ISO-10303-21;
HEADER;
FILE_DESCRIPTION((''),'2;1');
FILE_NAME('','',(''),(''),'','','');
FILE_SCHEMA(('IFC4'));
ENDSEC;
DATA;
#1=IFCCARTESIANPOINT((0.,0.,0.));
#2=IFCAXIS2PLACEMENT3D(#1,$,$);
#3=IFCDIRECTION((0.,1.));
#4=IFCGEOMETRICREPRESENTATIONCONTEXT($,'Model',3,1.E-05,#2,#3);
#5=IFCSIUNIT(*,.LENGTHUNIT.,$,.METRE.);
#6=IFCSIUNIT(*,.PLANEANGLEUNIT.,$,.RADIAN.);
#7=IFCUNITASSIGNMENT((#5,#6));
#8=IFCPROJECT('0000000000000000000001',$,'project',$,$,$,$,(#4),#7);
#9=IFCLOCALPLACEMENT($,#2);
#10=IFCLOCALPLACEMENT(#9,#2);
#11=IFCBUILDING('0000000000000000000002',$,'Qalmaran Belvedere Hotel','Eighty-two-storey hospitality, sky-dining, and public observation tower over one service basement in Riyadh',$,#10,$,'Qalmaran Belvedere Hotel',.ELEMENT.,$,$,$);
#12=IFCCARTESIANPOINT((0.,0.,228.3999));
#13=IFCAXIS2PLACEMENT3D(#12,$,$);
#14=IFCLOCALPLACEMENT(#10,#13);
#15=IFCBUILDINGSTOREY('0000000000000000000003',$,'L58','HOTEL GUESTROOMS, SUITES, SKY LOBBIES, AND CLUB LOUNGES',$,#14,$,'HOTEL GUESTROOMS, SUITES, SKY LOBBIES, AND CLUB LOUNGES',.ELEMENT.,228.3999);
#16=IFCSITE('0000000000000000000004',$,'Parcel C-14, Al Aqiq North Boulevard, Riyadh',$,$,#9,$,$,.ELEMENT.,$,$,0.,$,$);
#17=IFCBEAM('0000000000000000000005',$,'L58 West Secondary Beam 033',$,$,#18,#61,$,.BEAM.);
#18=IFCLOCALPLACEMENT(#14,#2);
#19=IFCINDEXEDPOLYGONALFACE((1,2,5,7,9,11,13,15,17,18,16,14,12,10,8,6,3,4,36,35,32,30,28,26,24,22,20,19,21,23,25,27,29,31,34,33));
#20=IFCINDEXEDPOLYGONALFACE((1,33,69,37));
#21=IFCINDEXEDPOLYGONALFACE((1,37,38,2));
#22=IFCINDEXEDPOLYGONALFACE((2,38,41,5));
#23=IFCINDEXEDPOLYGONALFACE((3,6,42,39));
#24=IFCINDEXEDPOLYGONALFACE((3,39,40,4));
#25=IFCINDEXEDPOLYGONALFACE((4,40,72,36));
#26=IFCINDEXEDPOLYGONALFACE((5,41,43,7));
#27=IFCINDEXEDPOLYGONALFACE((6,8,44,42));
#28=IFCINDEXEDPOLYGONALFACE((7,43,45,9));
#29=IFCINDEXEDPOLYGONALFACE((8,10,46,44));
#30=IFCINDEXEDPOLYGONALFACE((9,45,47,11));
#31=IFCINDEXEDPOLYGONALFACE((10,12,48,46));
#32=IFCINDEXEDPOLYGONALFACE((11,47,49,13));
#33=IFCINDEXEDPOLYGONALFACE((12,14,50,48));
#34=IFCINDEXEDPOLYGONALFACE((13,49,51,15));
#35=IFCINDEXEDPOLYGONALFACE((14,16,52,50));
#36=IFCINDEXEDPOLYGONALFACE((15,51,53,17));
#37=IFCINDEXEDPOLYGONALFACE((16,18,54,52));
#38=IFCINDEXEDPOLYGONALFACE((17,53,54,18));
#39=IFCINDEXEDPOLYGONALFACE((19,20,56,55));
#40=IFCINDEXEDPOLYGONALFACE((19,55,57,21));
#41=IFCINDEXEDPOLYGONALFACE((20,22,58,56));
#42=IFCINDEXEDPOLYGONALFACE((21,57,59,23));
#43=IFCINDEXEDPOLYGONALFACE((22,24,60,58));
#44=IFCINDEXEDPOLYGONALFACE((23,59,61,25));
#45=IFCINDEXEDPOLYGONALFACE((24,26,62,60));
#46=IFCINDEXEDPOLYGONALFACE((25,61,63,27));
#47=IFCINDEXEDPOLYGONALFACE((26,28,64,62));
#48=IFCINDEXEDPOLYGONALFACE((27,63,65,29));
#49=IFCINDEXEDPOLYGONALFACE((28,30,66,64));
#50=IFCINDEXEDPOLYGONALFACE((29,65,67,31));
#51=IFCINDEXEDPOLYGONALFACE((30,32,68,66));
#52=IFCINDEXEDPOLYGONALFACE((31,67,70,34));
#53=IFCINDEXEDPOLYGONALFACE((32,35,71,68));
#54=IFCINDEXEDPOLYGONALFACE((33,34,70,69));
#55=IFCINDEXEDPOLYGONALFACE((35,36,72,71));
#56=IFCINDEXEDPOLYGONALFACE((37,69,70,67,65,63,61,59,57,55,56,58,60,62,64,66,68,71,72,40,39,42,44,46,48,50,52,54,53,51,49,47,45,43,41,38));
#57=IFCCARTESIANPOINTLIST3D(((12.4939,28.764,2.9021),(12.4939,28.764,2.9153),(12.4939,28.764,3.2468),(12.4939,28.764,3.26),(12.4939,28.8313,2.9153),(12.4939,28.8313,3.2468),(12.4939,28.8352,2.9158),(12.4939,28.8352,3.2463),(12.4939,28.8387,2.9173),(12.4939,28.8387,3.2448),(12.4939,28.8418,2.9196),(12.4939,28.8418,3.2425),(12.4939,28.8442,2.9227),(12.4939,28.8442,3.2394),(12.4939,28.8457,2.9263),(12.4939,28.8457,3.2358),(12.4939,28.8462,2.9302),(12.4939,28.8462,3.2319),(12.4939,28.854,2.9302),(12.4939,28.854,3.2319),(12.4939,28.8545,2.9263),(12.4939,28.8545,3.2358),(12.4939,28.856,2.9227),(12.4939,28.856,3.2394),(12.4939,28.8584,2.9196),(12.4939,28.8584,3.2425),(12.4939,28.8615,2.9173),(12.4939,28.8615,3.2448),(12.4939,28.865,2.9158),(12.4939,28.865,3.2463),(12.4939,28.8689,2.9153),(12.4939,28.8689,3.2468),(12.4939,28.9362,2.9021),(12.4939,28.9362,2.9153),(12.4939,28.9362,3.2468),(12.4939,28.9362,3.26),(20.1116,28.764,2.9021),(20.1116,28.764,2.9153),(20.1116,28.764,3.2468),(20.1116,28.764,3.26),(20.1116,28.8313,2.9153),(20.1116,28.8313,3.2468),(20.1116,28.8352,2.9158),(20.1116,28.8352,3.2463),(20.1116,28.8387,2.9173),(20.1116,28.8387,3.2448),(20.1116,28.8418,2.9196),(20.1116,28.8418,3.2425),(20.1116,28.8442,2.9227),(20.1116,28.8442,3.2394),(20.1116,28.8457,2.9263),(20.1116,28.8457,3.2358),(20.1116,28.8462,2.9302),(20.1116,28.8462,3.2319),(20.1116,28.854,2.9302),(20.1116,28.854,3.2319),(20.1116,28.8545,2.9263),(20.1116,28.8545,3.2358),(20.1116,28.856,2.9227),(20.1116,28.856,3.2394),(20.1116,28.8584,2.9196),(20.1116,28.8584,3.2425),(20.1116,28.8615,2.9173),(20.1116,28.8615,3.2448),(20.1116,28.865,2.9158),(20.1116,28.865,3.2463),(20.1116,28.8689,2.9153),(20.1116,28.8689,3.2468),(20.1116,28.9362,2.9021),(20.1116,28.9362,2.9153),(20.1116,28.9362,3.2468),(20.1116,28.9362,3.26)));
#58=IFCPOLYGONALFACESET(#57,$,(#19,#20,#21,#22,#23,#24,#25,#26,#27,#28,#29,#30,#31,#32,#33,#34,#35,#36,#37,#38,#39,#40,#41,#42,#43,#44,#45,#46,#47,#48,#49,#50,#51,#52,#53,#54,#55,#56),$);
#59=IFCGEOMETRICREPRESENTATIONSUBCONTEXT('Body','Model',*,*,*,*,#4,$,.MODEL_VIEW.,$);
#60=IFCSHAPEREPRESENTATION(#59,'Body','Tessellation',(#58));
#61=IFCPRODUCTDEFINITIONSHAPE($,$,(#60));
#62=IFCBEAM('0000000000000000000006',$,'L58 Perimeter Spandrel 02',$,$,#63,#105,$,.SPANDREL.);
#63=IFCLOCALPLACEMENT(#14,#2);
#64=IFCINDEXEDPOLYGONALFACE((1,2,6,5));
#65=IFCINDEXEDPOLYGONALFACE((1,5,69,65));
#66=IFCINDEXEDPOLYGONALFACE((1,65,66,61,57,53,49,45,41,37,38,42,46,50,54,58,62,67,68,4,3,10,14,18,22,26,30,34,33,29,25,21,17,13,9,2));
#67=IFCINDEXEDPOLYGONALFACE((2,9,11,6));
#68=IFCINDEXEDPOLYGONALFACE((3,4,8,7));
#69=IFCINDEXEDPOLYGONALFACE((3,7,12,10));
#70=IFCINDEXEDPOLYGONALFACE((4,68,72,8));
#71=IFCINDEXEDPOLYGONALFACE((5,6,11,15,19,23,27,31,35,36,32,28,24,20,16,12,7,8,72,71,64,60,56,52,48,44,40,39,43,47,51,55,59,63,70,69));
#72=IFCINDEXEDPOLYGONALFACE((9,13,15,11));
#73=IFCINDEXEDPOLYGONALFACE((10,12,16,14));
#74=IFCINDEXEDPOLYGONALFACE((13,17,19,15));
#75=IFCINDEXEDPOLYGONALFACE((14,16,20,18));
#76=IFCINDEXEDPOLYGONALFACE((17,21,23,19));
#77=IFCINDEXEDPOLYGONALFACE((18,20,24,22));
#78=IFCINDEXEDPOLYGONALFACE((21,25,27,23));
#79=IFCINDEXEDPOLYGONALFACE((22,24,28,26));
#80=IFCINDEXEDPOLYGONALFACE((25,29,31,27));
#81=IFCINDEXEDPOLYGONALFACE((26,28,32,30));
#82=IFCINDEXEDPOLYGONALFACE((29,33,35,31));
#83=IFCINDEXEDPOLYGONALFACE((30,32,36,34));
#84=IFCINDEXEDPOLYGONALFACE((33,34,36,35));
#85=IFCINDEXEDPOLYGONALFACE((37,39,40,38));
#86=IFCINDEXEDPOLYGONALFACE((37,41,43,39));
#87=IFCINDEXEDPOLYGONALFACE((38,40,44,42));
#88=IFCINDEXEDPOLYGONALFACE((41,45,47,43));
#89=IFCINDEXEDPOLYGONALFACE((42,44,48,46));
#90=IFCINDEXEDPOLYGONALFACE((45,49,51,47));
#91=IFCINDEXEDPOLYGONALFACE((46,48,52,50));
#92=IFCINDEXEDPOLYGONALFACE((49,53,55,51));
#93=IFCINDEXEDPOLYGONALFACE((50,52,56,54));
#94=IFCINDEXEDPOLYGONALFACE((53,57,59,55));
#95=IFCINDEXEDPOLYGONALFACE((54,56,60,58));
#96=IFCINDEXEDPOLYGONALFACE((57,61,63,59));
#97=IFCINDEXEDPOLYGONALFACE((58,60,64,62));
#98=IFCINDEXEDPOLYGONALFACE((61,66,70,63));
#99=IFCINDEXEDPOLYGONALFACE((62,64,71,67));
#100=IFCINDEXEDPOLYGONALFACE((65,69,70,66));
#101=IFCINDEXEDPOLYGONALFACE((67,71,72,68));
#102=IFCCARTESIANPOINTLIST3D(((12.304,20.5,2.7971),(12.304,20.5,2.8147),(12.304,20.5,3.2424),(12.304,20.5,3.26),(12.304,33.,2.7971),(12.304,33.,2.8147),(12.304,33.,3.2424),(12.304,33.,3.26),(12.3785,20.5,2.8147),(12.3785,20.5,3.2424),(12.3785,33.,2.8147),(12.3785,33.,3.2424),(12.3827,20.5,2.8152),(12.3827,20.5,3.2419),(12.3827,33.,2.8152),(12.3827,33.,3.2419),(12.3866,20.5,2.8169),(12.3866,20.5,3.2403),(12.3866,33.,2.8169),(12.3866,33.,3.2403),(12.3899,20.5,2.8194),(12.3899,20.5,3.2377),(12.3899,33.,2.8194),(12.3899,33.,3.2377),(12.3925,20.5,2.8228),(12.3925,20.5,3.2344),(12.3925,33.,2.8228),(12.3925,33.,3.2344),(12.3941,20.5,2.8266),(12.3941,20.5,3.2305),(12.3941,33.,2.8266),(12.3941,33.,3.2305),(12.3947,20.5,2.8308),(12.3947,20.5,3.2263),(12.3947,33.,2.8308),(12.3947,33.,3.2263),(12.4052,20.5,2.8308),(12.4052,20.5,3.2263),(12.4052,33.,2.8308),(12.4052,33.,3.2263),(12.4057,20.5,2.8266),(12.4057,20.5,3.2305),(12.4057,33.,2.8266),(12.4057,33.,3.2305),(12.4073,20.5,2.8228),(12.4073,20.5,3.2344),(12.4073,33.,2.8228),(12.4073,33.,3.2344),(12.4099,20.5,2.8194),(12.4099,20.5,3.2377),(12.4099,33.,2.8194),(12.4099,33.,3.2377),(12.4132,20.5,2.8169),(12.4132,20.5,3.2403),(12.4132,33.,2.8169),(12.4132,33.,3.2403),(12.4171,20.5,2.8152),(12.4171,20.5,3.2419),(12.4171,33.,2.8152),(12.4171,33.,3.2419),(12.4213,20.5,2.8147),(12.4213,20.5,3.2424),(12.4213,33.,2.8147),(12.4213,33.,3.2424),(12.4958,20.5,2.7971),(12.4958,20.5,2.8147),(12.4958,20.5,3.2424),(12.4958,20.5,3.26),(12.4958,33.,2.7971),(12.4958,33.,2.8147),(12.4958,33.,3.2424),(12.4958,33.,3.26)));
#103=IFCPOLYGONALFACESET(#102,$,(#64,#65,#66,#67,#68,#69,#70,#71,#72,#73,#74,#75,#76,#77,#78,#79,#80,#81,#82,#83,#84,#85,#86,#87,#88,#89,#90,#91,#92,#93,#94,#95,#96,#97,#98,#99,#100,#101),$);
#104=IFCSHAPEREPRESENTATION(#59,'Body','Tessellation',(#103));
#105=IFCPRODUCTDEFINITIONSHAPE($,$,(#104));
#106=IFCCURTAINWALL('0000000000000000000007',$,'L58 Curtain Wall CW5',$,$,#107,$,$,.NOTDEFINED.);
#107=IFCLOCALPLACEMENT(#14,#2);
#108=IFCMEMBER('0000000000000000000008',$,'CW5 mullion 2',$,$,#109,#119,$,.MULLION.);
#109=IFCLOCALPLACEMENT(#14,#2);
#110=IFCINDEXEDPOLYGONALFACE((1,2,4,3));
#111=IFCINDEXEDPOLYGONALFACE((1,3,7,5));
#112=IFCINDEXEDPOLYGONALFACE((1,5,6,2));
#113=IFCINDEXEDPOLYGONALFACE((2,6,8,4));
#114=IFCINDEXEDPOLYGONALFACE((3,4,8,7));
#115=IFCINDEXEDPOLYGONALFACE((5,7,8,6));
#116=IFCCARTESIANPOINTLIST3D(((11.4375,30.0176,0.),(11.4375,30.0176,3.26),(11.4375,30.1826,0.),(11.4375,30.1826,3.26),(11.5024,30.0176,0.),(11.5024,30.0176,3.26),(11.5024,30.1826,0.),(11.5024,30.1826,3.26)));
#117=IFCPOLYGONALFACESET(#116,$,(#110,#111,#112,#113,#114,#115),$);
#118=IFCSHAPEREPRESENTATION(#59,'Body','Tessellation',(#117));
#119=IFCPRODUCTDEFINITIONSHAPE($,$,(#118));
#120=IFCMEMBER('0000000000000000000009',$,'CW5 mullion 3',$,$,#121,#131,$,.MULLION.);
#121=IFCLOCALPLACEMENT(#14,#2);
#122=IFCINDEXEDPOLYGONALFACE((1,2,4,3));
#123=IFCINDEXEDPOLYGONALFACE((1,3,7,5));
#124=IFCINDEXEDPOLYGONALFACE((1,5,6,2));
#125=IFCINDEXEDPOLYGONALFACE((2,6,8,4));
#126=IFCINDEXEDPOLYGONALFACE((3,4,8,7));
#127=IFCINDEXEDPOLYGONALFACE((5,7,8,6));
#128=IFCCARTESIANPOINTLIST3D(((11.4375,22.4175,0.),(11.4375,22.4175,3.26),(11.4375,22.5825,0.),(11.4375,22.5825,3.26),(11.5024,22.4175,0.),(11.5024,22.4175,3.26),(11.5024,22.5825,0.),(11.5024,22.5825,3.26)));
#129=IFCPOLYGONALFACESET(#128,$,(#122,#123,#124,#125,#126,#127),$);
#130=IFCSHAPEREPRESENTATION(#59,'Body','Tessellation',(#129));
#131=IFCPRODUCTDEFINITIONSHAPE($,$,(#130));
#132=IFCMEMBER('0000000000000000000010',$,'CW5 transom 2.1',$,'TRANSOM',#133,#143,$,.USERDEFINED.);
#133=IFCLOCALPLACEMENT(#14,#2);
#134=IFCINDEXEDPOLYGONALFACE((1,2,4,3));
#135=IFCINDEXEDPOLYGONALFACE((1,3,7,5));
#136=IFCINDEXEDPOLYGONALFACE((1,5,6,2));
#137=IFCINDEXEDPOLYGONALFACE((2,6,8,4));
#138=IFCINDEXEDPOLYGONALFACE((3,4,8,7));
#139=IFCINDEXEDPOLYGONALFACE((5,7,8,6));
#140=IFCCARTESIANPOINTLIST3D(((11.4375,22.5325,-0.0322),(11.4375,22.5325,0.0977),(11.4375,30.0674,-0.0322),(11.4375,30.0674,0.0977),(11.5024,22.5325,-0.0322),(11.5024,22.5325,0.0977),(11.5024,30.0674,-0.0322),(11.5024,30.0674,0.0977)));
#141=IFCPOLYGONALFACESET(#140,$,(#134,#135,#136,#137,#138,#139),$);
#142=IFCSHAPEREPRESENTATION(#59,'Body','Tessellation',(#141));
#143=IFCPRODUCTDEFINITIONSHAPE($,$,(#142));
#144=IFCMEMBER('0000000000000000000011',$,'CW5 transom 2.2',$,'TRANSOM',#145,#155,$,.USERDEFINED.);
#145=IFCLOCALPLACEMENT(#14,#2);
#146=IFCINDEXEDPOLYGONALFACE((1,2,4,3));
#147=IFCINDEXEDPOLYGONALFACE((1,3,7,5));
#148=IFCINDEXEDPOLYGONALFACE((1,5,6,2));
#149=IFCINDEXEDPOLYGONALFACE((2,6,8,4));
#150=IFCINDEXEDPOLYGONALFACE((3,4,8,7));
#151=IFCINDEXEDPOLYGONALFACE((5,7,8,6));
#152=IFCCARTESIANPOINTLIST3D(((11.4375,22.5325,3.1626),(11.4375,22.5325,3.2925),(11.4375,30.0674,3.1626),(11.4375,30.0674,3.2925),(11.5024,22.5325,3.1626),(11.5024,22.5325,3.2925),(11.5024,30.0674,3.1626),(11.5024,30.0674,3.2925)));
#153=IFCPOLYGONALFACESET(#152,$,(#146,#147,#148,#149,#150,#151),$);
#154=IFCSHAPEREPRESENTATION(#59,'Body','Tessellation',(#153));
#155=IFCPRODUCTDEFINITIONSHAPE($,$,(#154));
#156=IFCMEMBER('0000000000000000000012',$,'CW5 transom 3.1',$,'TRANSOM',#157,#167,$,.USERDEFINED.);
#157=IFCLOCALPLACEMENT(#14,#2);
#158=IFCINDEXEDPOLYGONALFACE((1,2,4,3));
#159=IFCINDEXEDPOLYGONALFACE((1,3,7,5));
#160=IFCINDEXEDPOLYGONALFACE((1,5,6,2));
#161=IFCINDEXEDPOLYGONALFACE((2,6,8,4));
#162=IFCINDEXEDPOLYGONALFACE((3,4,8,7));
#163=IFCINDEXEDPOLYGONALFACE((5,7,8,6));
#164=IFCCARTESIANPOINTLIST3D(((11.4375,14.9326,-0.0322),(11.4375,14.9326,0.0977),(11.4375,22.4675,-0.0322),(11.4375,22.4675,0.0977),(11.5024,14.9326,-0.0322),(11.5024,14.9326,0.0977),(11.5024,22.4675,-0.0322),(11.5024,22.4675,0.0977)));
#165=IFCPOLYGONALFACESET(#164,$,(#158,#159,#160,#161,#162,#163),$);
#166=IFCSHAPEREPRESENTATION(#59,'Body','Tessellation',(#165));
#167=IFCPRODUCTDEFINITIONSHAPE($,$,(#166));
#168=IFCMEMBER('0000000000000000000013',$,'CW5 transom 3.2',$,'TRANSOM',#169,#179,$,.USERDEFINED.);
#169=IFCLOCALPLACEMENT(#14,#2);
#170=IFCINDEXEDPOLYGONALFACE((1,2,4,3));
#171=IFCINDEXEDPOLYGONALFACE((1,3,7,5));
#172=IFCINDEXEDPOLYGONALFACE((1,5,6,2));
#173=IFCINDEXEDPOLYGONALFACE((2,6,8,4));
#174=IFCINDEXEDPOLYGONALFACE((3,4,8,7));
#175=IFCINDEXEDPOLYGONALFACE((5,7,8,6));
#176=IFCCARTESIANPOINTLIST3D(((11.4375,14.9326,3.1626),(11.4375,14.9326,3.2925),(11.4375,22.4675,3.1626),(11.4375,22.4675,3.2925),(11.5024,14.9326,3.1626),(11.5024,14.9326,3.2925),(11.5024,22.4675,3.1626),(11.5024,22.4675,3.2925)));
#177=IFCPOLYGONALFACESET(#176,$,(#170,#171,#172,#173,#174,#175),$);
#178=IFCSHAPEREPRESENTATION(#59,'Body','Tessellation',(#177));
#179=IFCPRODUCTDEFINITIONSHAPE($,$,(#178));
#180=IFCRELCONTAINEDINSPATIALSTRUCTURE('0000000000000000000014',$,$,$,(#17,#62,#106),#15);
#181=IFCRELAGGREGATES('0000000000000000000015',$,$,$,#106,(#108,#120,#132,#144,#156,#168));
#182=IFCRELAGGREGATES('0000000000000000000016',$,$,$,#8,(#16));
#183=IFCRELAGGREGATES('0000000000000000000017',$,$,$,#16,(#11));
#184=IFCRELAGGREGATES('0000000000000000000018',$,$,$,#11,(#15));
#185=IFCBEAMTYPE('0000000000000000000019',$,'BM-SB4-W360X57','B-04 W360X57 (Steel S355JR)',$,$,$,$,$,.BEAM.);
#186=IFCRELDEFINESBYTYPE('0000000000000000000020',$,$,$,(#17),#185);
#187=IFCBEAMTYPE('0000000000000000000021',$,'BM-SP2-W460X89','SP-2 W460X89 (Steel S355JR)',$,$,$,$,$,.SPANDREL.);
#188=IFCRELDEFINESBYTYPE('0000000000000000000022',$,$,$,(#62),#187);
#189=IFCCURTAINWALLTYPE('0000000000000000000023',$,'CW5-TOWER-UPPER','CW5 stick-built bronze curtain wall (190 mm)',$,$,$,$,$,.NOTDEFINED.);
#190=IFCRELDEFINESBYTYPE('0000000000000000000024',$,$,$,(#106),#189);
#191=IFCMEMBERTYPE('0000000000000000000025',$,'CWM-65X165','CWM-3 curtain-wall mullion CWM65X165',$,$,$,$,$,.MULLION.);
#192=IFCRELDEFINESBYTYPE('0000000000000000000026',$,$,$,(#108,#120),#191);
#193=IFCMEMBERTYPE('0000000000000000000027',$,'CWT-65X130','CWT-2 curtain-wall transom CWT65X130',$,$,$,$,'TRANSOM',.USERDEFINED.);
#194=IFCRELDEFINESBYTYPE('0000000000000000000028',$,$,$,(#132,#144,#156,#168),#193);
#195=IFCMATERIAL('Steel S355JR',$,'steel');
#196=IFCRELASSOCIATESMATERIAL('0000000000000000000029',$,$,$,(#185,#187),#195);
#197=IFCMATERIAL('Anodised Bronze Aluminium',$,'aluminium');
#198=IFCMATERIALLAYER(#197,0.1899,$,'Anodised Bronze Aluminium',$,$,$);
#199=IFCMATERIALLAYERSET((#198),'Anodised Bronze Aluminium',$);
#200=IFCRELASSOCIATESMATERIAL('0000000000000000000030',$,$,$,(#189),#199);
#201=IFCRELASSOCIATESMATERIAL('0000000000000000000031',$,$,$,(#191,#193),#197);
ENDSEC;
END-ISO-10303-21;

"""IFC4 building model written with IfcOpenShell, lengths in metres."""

from ifc_helpers import new_model, si_unit, direction, frame, origin, origin_2d, place, context, subcontext, project, spatial, rectangle, i_section, extrude, material, layer, layer_set, material_profile, profile_set, type_object, element, aggregate, save


model = new_model("IFC4")

# Units and contexts
model_context = context("Model", 3, precision=1e-05, world=origin(), true_north=direction((0.0, 1.0)))
body_context = subcontext(model_context, "Body", "Model", "MODEL_VIEW")
ifc_project = project(units=[si_unit("LENGTHUNIT", "METRE"), si_unit("PLANEANGLEUNIT", "RADIAN")], contexts=[model_context])

# Site, building, storey
site_placement = place(None, origin())
site = spatial("IfcSite", under=ifc_project, at=site_placement, Name="Parcel C-14, Al Aqiq North Boulevard, Riyadh", CompositionType="ELEMENT", RefElevation=0.0)
building_placement = place(site_placement, origin())
building = spatial("IfcBuilding", under=site, at=building_placement, Name="Qalmaran Belvedere Hotel", Description="Eighty-two-storey hospitality, sky-dining, and public observation tower over one service basement in Riyadh", LongName="Qalmaran Belvedere Hotel", CompositionType="ELEMENT")
storey_placement = place(building_placement, frame((0.0, 0.0, 228.3999)))
storey = spatial("IfcBuildingStorey", under=building, at=storey_placement, Name="L58", Description="HOTEL GUESTROOMS, SUITES, SKY LOBBIES, AND CLUB LOUNGES", LongName="HOTEL GUESTROOMS, SUITES, SKY LOBBIES, AND CLUB LOUNGES", CompositionType="ELEMENT", Elevation=228.3999)

# Beams
ifc_material_1 = material(Name="Steel S355JR", Category="steel")
ifc_material_profile_1 = material_profile(ifc_material_1, i_section(OverallWidth=0.1721, OverallDepth=0.3579, WebThickness=0.0078, FlangeThickness=0.0132, FilletRadius=0.0149, at=origin_2d()), Name="W360X57")
ifc_profile_set_1 = profile_set([ifc_material_profile_1], Name="Steel S355JR")
beam_type_1 = type_object("IfcBeamType", Name="BM-SB4-W360X57", Description="B-04 W360X57 (Steel S355JR)", PredefinedType="BEAM", material=ifc_profile_set_1)
for number, where, z_axis, x_axis, name in (
    (1, (12.4939, 28.8501, 3.0811), (1.0, 0.0, 0.0), (0.0, 1.0, 0.0), "L58 West Secondary Beam 033"),
):
    element("IfcBeam", number, at=place(storey_placement, frame(where, z_axis=z_axis, x_axis=x_axis)), inside=storey, type_object=beam_type_1, Name=name, PredefinedType="BEAM", context=body_context, shape_type="SweptSolid", body=[
        extrude(i_section(OverallWidth=0.1721, OverallDepth=0.3579, WebThickness=0.0078, FlangeThickness=0.0132, FilletRadius=0.0149, at=origin_2d()), origin(), (0.0, 0.0, 1.0), 7.6177),
    ])
ifc_material_profile_2 = material_profile(ifc_material_1, i_section(OverallWidth=0.1919, OverallDepth=0.4629, WebThickness=0.0105, FlangeThickness=0.0176, FilletRadius=0.0161, at=origin_2d()), Name="W460X89")
ifc_profile_set_2 = profile_set([ifc_material_profile_2], Name="Steel S355JR")
beam_type_2 = type_object("IfcBeamType", Name="BM-SP2-W460X89", Description="SP-2 W460X89 (Steel S355JR)", PredefinedType="SPANDREL", material=ifc_profile_set_2)
beam_placement = place(storey_placement, frame((12.3999, 20.5, 3.0286), z_axis=(0.0, 1.0, 0.0), x_axis=(-1.0, 0.0, 0.0)))
element("IfcBeam", 2, at=beam_placement, inside=storey, type_object=beam_type_2, Name="L58 Perimeter Spandrel 02", PredefinedType="SPANDREL", context=body_context, shape_type="SweptSolid", body=[
    extrude(i_section(OverallWidth=0.1919, OverallDepth=0.4629, WebThickness=0.0105, FlangeThickness=0.0176, FilletRadius=0.0161, at=origin_2d()), origin(), (0.0, 0.0, 1.0), 12.5),
])

# Curtain wall, members
ifc_material_2 = material(Name="Anodised Bronze Aluminium", Category="aluminium")
ifc_layer_1 = layer(ifc_material_2, 0.1899, Name="Anodised Bronze Aluminium")
ifc_layer_set_1 = layer_set([ifc_layer_1], Name="Anodised Bronze Aluminium")
curtain_wall_type = type_object("IfcCurtainWallType", Name="CW5-TOWER-UPPER", Description="CW5 stick-built bronze curtain wall (190 mm)", PredefinedType="NOTDEFINED", material=ifc_layer_set_1)
curtain_wall_placement = place(storey_placement, origin())
curtain_wall = element("IfcCurtainWall", 3, at=curtain_wall_placement, inside=storey, type_object=curtain_wall_type, Name="L58 Curtain Wall CW5", PredefinedType="NOTDEFINED")
ifc_material_profile_3 = material_profile(ifc_material_2, rectangle(XDim=0.0649, YDim=0.165, at=origin_2d()), Name="CWM65X165")
ifc_profile_set_3 = profile_set([ifc_material_profile_3], Name="Anodised Bronze Aluminium")
member_type_1 = type_object("IfcMemberType", Name="CWM-65X165", Description="CWM-3 curtain-wall mullion CWM65X165", PredefinedType="MULLION", material=ifc_profile_set_3)
member_1_placement = place(storey_placement, frame((11.47, 30.1001, 0.0), z_axis=(0.0, 0.0, 1.0), x_axis=(1.0, 0.0, 0.0)))
member_1 = element("IfcMember", 4, at=member_1_placement, type_object=member_type_1, Name="CW5 mullion 2", PredefinedType="MULLION", context=body_context, shape_type="SweptSolid", body=[
    extrude(rectangle(XDim=0.0649, YDim=0.165, at=origin_2d()), origin(), (0.0, 0.0, 1.0), 3.26),
])
member_2_placement = place(storey_placement, frame((11.47, 22.5, 0.0), z_axis=(0.0, 0.0, 1.0), x_axis=(1.0, 0.0, 0.0)))
member_2 = element("IfcMember", 5, at=member_2_placement, type_object=member_type_1, Name="CW5 mullion 3", PredefinedType="MULLION", context=body_context, shape_type="SweptSolid", body=[
    extrude(rectangle(XDim=0.0649, YDim=0.165, at=origin_2d()), origin(), (0.0, 0.0, 1.0), 3.26),
])
ifc_material_profile_4 = material_profile(ifc_material_2, rectangle(XDim=0.0649, YDim=0.1299, at=origin_2d()), Name="CWT65X130")
ifc_profile_set_4 = profile_set([ifc_material_profile_4], Name="Anodised Bronze Aluminium")
member_type_2 = type_object("IfcMemberType", Name="CWT-65X130", Description="CWT-2 curtain-wall transom CWT65X130", ElementType="TRANSOM", PredefinedType="USERDEFINED", material=ifc_profile_set_4)
member_3_placement = place(storey_placement, frame((11.47, 30.0674, 0.0327), z_axis=(0.0, -1.0, 0.0), x_axis=(1.0, 0.0, 0.0)))
member_3 = element("IfcMember", 6, at=member_3_placement, type_object=member_type_2, Name="CW5 transom 2.1", ObjectType="TRANSOM", PredefinedType="USERDEFINED", context=body_context, shape_type="SweptSolid", body=[
    extrude(rectangle(XDim=0.0649, YDim=0.1299, at=origin_2d()), origin(), (0.0, 0.0, 1.0), 7.5349),
])
member_4_placement = place(storey_placement, frame((11.47, 30.0674, 3.2275), z_axis=(0.0, -1.0, 0.0), x_axis=(1.0, 0.0, 0.0)))
member_4 = element("IfcMember", 7, at=member_4_placement, type_object=member_type_2, Name="CW5 transom 2.2", ObjectType="TRANSOM", PredefinedType="USERDEFINED", context=body_context, shape_type="SweptSolid", body=[
    extrude(rectangle(XDim=0.0649, YDim=0.1299, at=origin_2d()), origin(), (0.0, 0.0, 1.0), 7.5349),
])
member_5_placement = place(storey_placement, frame((11.47, 22.4675, 0.0327), z_axis=(0.0, -1.0, 0.0), x_axis=(1.0, 0.0, 0.0)))
member_5 = element("IfcMember", 8, at=member_5_placement, type_object=member_type_2, Name="CW5 transom 3.1", ObjectType="TRANSOM", PredefinedType="USERDEFINED", context=body_context, shape_type="SweptSolid", body=[
    extrude(rectangle(XDim=0.0649, YDim=0.1299, at=origin_2d()), origin(), (0.0, 0.0, 1.0), 7.5349),
])
member_6_placement = place(storey_placement, frame((11.47, 22.4675, 3.2275), z_axis=(0.0, -1.0, 0.0), x_axis=(1.0, 0.0, 0.0)))
member_6 = element("IfcMember", 9, at=member_6_placement, type_object=member_type_2, Name="CW5 transom 3.2", ObjectType="TRANSOM", PredefinedType="USERDEFINED", context=body_context, shape_type="SweptSolid", body=[
    extrude(rectangle(XDim=0.0649, YDim=0.1299, at=origin_2d()), origin(), (0.0, 0.0, 1.0), 7.5349),
])
aggregate(curtain_wall, [member_1, member_2, member_3, member_4, member_5, member_6])

save(model, "model.ifc")
